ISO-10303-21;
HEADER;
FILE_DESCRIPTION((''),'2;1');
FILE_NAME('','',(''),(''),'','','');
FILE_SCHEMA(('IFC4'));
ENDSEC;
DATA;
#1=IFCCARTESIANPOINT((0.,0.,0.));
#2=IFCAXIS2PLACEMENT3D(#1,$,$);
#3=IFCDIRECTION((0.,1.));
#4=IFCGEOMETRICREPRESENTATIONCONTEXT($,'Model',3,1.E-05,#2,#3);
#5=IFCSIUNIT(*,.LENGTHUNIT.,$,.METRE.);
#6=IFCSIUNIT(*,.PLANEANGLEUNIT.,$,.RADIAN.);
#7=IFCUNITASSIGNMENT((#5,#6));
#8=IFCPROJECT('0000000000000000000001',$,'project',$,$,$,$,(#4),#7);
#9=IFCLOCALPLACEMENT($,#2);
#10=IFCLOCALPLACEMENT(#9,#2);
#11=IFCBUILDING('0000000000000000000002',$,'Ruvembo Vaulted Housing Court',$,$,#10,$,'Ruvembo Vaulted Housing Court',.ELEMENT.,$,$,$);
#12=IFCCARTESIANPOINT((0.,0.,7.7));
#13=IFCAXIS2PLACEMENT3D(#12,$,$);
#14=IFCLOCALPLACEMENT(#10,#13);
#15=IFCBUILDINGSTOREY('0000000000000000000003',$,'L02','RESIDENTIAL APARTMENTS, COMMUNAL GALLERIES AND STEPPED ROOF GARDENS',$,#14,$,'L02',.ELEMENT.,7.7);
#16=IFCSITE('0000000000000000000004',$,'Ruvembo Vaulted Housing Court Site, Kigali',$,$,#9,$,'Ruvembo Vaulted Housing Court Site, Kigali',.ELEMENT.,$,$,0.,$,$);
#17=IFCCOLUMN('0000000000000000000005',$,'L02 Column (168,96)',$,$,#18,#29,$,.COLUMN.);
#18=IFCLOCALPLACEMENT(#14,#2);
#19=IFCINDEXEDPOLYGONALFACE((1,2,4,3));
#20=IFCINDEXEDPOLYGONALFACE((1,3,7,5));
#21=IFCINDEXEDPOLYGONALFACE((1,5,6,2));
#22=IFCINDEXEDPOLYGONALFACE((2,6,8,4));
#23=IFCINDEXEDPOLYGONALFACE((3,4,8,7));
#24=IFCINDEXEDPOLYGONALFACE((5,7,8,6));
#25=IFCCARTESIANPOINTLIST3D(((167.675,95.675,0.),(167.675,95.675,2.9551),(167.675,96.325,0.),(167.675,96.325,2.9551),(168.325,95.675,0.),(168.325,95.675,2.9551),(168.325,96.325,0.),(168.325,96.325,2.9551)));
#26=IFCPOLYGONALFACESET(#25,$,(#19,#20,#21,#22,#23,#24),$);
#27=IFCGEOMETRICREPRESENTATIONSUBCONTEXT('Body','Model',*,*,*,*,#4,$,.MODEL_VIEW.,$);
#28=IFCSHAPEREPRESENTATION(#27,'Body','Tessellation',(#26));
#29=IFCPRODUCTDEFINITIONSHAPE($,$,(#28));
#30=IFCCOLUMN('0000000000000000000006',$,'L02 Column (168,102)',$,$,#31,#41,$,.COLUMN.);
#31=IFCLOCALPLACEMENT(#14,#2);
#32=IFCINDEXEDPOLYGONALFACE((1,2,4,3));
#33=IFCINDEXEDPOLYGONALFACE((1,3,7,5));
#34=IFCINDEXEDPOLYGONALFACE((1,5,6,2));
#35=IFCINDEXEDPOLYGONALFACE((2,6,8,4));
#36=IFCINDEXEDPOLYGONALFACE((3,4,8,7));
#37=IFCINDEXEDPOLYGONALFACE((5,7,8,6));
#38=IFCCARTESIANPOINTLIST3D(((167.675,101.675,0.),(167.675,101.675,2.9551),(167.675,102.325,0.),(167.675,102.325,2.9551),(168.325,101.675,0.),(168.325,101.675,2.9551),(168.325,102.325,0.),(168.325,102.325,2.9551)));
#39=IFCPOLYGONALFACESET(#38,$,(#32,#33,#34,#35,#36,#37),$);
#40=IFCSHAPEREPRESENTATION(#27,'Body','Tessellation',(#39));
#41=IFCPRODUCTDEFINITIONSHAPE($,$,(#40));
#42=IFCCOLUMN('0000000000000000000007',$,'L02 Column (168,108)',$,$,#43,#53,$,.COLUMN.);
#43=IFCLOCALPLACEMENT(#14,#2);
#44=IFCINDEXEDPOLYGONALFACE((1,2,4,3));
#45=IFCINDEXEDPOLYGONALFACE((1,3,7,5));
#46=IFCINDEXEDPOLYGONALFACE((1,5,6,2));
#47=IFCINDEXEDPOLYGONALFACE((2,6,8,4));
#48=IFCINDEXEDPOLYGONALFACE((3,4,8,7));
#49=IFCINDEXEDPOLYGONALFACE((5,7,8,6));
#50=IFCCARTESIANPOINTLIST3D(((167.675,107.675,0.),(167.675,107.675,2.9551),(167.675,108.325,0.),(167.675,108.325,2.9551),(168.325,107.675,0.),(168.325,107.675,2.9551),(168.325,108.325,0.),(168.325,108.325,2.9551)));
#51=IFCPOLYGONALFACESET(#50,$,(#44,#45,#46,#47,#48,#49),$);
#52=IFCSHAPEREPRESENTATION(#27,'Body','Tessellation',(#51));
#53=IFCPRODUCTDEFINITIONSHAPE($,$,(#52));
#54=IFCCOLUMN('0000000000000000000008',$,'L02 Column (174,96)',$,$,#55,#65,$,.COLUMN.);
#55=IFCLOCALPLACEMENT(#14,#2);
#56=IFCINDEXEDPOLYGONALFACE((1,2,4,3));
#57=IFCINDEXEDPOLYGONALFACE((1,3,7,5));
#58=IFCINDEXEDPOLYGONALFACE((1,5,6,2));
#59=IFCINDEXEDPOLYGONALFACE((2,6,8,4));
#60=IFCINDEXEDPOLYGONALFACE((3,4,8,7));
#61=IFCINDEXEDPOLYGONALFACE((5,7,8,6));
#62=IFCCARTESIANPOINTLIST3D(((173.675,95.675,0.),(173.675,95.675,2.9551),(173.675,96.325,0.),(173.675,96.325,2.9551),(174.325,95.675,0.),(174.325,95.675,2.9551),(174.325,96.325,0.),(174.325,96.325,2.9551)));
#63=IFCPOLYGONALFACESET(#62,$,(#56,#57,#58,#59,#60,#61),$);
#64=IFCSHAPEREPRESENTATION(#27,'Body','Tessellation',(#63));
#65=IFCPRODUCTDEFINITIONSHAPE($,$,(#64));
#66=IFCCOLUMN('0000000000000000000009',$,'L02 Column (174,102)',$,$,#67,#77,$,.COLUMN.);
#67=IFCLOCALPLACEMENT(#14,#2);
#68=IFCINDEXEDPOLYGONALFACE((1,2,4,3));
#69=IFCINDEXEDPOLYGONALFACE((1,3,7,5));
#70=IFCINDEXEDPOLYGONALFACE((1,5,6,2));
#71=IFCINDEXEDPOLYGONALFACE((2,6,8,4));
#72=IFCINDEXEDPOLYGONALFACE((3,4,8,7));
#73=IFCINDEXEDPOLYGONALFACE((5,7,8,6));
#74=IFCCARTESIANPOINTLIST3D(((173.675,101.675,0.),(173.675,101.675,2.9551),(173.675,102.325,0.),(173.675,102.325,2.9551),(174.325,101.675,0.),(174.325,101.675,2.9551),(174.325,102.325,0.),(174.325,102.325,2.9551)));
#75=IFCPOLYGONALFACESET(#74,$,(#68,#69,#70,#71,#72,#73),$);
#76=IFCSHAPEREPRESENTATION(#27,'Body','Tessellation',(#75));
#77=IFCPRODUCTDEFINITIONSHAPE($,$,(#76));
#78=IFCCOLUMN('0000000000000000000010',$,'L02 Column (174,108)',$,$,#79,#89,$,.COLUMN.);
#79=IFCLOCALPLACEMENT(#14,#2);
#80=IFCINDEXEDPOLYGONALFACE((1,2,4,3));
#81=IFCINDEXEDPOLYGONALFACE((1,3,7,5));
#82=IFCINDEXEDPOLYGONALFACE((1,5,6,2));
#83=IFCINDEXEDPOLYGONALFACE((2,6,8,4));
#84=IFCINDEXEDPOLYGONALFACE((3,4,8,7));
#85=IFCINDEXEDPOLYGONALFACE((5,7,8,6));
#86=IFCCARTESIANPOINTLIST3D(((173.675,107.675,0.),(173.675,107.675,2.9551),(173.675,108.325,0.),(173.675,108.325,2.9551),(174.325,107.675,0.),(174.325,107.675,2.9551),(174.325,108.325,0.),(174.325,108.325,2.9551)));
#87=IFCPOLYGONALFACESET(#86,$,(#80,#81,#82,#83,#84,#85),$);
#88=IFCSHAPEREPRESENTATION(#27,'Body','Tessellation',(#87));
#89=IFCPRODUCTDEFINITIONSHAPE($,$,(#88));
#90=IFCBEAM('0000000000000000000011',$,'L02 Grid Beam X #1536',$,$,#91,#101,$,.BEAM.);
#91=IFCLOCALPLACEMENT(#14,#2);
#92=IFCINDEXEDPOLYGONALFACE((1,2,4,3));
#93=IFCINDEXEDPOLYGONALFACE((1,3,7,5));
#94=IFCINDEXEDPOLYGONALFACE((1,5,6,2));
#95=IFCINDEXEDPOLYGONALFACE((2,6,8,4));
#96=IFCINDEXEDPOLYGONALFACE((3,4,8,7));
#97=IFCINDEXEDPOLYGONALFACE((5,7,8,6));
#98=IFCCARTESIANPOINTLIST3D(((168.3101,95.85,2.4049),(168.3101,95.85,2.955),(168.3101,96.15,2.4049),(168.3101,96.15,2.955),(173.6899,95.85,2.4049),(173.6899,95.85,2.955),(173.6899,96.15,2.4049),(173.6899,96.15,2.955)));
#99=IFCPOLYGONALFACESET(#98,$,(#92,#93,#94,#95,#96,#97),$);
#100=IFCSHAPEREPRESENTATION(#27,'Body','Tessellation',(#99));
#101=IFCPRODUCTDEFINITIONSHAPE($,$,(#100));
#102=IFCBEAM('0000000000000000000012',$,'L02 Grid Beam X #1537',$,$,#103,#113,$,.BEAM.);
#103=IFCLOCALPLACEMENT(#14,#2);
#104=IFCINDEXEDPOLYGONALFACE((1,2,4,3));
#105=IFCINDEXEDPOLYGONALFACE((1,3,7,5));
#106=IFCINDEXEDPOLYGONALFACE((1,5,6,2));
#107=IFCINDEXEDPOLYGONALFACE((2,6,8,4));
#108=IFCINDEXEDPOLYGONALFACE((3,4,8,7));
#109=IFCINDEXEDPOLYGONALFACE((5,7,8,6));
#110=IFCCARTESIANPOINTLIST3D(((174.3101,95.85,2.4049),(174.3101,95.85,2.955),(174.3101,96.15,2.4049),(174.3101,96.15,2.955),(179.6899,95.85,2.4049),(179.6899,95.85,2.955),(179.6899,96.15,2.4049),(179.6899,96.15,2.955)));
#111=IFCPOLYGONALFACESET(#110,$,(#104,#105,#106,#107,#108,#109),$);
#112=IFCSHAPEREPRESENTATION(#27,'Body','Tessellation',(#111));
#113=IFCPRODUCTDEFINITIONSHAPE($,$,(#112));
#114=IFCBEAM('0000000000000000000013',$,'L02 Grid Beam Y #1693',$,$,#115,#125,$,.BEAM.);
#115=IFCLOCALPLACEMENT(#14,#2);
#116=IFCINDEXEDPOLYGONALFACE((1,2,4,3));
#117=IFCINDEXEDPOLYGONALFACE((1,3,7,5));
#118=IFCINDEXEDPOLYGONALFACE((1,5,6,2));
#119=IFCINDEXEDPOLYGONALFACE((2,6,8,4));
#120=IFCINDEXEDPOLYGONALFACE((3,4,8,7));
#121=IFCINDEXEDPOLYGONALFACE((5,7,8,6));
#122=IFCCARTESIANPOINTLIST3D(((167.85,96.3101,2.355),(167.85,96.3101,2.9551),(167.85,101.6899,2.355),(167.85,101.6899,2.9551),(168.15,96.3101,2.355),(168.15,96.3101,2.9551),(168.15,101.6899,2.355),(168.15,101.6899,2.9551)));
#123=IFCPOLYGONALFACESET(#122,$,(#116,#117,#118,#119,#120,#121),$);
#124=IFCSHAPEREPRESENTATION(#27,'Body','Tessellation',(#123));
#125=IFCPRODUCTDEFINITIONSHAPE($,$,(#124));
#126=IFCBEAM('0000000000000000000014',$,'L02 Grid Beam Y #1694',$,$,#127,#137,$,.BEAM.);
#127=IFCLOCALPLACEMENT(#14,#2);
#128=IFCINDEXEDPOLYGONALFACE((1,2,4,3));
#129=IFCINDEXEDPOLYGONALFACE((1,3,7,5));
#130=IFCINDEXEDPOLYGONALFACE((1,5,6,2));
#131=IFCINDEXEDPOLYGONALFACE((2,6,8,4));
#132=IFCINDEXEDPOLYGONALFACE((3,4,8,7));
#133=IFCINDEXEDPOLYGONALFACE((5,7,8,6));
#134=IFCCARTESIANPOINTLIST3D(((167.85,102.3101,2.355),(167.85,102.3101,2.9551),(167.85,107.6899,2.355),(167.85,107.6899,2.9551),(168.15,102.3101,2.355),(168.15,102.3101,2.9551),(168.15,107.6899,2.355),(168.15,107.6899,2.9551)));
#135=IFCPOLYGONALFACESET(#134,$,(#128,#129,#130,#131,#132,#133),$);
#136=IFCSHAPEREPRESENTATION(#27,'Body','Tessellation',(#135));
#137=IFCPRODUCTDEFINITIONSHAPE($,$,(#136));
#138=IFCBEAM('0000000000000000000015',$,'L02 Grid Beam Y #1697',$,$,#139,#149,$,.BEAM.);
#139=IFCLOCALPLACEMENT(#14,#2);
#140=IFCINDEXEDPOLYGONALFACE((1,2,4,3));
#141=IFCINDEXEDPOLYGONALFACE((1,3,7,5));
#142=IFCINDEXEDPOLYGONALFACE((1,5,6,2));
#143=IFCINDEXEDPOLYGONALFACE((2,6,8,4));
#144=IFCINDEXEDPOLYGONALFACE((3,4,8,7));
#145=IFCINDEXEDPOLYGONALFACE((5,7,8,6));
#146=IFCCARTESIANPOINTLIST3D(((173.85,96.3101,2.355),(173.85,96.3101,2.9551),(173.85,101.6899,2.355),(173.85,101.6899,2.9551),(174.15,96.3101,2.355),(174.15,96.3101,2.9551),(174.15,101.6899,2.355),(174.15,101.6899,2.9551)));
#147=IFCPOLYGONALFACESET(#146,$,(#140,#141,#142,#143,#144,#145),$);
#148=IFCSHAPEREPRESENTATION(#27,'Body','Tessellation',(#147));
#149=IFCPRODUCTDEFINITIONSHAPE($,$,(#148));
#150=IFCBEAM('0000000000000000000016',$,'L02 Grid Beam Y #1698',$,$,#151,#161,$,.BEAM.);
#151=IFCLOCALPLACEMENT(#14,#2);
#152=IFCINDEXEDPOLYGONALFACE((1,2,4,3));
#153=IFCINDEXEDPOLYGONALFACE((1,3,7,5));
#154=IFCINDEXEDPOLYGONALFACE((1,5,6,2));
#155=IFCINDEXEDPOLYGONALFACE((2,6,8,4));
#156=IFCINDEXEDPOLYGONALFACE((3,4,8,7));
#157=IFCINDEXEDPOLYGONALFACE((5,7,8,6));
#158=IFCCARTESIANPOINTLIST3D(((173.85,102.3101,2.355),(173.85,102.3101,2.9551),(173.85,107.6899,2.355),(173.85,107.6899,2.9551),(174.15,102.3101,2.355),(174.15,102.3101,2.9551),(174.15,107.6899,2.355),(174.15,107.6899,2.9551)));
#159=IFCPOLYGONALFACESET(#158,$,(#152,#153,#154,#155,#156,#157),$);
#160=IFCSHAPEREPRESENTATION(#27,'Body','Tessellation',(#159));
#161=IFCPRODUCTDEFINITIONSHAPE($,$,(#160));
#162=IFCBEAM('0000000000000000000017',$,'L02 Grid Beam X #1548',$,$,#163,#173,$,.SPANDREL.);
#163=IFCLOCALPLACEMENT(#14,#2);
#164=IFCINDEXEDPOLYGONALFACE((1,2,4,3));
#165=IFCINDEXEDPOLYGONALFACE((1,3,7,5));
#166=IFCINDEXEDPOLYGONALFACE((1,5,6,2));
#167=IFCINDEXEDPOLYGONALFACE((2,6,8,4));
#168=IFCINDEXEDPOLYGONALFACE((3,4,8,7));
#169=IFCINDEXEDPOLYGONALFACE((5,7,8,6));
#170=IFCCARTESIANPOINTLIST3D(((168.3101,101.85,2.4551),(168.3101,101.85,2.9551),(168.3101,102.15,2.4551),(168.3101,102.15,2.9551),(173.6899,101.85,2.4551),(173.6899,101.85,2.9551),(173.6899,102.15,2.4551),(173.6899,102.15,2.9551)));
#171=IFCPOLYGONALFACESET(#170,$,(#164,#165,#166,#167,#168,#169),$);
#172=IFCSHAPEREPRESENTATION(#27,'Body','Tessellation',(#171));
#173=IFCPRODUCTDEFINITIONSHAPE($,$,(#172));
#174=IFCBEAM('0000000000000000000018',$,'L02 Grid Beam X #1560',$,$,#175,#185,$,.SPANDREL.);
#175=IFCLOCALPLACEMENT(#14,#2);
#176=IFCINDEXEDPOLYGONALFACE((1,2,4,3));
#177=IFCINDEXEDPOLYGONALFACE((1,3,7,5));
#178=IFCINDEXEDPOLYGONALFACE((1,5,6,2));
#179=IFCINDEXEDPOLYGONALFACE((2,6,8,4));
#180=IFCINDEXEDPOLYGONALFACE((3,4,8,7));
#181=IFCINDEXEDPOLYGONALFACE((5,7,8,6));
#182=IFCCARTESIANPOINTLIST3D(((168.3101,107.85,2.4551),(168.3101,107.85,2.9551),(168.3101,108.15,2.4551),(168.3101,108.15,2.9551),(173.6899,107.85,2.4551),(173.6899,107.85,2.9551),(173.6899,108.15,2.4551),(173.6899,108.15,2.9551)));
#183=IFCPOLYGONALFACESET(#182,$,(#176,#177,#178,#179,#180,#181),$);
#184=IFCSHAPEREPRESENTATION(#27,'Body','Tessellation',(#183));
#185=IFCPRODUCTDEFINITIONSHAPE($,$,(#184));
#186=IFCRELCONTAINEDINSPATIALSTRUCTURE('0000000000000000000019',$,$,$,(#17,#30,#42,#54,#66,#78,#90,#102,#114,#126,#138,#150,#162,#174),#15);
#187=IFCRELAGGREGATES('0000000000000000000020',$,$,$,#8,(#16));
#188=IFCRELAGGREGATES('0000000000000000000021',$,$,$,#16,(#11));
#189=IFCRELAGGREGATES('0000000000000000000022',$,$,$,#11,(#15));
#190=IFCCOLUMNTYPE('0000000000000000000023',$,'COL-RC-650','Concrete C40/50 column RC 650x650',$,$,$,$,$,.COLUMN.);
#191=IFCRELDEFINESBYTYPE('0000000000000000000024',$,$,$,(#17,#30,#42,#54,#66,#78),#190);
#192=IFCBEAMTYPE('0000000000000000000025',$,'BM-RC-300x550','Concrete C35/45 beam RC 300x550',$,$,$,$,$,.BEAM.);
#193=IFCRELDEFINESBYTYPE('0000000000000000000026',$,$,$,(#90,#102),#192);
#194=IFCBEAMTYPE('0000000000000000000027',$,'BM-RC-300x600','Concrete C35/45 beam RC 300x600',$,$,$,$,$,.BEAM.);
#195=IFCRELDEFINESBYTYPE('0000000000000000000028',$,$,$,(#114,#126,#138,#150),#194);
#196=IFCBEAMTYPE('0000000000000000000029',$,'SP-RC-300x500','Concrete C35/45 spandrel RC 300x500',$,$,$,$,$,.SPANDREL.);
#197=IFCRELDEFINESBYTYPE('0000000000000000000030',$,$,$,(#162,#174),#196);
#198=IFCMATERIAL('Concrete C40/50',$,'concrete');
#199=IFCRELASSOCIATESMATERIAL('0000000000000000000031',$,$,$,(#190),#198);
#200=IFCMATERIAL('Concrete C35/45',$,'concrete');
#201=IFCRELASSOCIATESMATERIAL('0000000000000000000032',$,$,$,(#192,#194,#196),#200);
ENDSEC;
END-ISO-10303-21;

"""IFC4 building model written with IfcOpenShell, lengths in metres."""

from ifc_helpers import new_model, si_unit, direction, frame, origin, origin_2d, place, context, subcontext, project, spatial, rectangle, extrude, material, material_profile, profile_set, type_object, element, save


model = new_model("IFC4")

# Units and contexts
model_context = context("Model", 3, precision=1e-05, world=origin(), true_north=direction((0.0, 1.0)))
body_context = subcontext(model_context, "Body", "Model", "MODEL_VIEW")
ifc_project = project(units=[si_unit("LENGTHUNIT", "METRE"), si_unit("PLANEANGLEUNIT", "RADIAN")], contexts=[model_context])

# Site, building, storey
site_placement = place(None, origin())
site = spatial("IfcSite", under=ifc_project, at=site_placement, Name="Ruvembo Vaulted Housing Court Site, Kigali", LongName="Ruvembo Vaulted Housing Court Site, Kigali", CompositionType="ELEMENT", RefElevation=0.0)
building_placement = place(site_placement, origin())
building = spatial("IfcBuilding", under=site, at=building_placement, Name="Ruvembo Vaulted Housing Court", LongName="Ruvembo Vaulted Housing Court", CompositionType="ELEMENT")
storey_placement = place(building_placement, frame((0.0, 0.0, 7.7)))
storey = spatial("IfcBuildingStorey", under=building, at=storey_placement, Name="L02", Description="RESIDENTIAL APARTMENTS, COMMUNAL GALLERIES AND STEPPED ROOF GARDENS", LongName="L02", CompositionType="ELEMENT", Elevation=7.7)

# Columns
ifc_material_1 = material(Name="Concrete C40/50", Category="concrete")
ifc_material_profile_1 = material_profile(ifc_material_1, rectangle(XDim=0.6499, YDim=0.6499, at=origin_2d()), Name="RC 650x650")
ifc_profile_set_1 = profile_set([ifc_material_profile_1], Name="Concrete C40/50")
column_type = type_object("IfcColumnType", Name="COL-RC-650", Description="Concrete C40/50 column RC 650x650", PredefinedType="COLUMN", material=ifc_profile_set_1)
for number, where, z_axis, x_axis, name in (
    (1, (168.0, 96.0, 0.0), (0.0, 0.0, 1.0), (1.0, 0.0, 0.0), "L02 Column (168,96)"),
    (2, (168.0, 102.0, 0.0), (0.0, 0.0, 1.0), (1.0, 0.0, 0.0), "L02 Column (168,102)"),
    (3, (168.0, 108.0, 0.0), (0.0, 0.0, 1.0), (1.0, 0.0, 0.0), "L02 Column (168,108)"),
    (4, (174.0, 96.0, 0.0), (0.0, 0.0, 1.0), (1.0, 0.0, 0.0), "L02 Column (174,96)"),
    (5, (174.0, 102.0, 0.0), (0.0, 0.0, 1.0), (1.0, 0.0, 0.0), "L02 Column (174,102)"),
    (6, (174.0, 108.0, 0.0), (0.0, 0.0, 1.0), (1.0, 0.0, 0.0), "L02 Column (174,108)"),
):
    element("IfcColumn", number, at=place(storey_placement, frame(where, z_axis=z_axis, x_axis=x_axis)), inside=storey, type_object=column_type, Name=name, PredefinedType="COLUMN", context=body_context, shape_type="SweptSolid", body=[
        extrude(rectangle(XDim=0.6499, YDim=0.6499, at=origin_2d()), origin(), (0.0, 0.0, 1.0), 2.9551),
    ])

# Beams
ifc_material_2 = material(Name="Concrete C35/45", Category="concrete")
ifc_material_profile_2 = material_profile(ifc_material_2, rectangle(XDim=0.3, YDim=0.55, at=origin_2d()), Name="RC 300x550")
ifc_profile_set_2 = profile_set([ifc_material_profile_2], Name="Concrete C35/45")
beam_type_1 = type_object("IfcBeamType", Name="BM-RC-300x550", Description="Concrete C35/45 beam RC 300x550", PredefinedType="BEAM", material=ifc_profile_set_2)
for number, where, z_axis, x_axis, name in (
    (7, (168.3101, 96.0, 2.6799), (1.0, 0.0, 0.0), (0.0, 1.0, 0.0), "L02 Grid Beam X #1536"),
    (8, (174.3101, 96.0, 2.6799), (1.0, 0.0, 0.0), (0.0, 1.0, 0.0), "L02 Grid Beam X #1537"),
):
    element("IfcBeam", number, at=place(storey_placement, frame(where, z_axis=z_axis, x_axis=x_axis)), inside=storey, type_object=beam_type_1, Name=name, PredefinedType="BEAM", context=body_context, shape_type="SweptSolid", body=[
        extrude(rectangle(XDim=0.3, YDim=0.55, at=origin_2d()), origin(), (0.0, 0.0, 1.0), 5.3799),
    ])
ifc_material_profile_3 = material_profile(ifc_material_2, rectangle(XDim=0.3, YDim=0.6001, at=origin_2d()), Name="RC 300x600")
ifc_profile_set_3 = profile_set([ifc_material_profile_3], Name="Concrete C35/45")
beam_type_2 = type_object("IfcBeamType", Name="BM-RC-300x600", Description="Concrete C35/45 beam RC 300x600", PredefinedType="BEAM", material=ifc_profile_set_3)
for number, where, z_axis, x_axis, name in (
    (9, (168.0, 96.3101, 2.655), (0.0, 1.0, 0.0), (-1.0, 0.0, 0.0), "L02 Grid Beam Y #1693"),
    (10, (168.0, 102.3101, 2.655), (0.0, 1.0, 0.0), (-1.0, 0.0, 0.0), "L02 Grid Beam Y #1694"),
    (11, (174.0, 96.3101, 2.655), (0.0, 1.0, 0.0), (-1.0, 0.0, 0.0), "L02 Grid Beam Y #1697"),
    (12, (174.0, 102.3101, 2.655), (0.0, 1.0, 0.0), (-1.0, 0.0, 0.0), "L02 Grid Beam Y #1698"),
):
    element("IfcBeam", number, at=place(storey_placement, frame(where, z_axis=z_axis, x_axis=x_axis)), inside=storey, type_object=beam_type_2, Name=name, PredefinedType="BEAM", context=body_context, shape_type="SweptSolid", body=[
        extrude(rectangle(XDim=0.3, YDim=0.6001, at=origin_2d()), origin(), (0.0, 0.0, 1.0), 5.3799),
    ])
ifc_material_profile_4 = material_profile(ifc_material_2, rectangle(XDim=0.3, YDim=0.5, at=origin_2d()), Name="RC 300x500")
ifc_profile_set_4 = profile_set([ifc_material_profile_4], Name="Concrete C35/45")
beam_type_3 = type_object("IfcBeamType", Name="SP-RC-300x500", Description="Concrete C35/45 spandrel RC 300x500", PredefinedType="SPANDREL", material=ifc_profile_set_4)
for number, where, z_axis, x_axis, name in (
    (13, (168.3101, 102.0, 2.7051), (1.0, 0.0, 0.0), (0.0, 1.0, 0.0), "L02 Grid Beam X #1548"),
    (14, (168.3101, 108.0, 2.7051), (1.0, 0.0, 0.0), (0.0, 1.0, 0.0), "L02 Grid Beam X #1560"),
):
    element("IfcBeam", number, at=place(storey_placement, frame(where, z_axis=z_axis, x_axis=x_axis)), inside=storey, type_object=beam_type_3, Name=name, PredefinedType="SPANDREL", context=body_context, shape_type="SweptSolid", body=[
        extrude(rectangle(XDim=0.3, YDim=0.5, at=origin_2d()), origin(), (0.0, 0.0, 1.0), 5.3799),
    ])

save(model, "model.ifc")
